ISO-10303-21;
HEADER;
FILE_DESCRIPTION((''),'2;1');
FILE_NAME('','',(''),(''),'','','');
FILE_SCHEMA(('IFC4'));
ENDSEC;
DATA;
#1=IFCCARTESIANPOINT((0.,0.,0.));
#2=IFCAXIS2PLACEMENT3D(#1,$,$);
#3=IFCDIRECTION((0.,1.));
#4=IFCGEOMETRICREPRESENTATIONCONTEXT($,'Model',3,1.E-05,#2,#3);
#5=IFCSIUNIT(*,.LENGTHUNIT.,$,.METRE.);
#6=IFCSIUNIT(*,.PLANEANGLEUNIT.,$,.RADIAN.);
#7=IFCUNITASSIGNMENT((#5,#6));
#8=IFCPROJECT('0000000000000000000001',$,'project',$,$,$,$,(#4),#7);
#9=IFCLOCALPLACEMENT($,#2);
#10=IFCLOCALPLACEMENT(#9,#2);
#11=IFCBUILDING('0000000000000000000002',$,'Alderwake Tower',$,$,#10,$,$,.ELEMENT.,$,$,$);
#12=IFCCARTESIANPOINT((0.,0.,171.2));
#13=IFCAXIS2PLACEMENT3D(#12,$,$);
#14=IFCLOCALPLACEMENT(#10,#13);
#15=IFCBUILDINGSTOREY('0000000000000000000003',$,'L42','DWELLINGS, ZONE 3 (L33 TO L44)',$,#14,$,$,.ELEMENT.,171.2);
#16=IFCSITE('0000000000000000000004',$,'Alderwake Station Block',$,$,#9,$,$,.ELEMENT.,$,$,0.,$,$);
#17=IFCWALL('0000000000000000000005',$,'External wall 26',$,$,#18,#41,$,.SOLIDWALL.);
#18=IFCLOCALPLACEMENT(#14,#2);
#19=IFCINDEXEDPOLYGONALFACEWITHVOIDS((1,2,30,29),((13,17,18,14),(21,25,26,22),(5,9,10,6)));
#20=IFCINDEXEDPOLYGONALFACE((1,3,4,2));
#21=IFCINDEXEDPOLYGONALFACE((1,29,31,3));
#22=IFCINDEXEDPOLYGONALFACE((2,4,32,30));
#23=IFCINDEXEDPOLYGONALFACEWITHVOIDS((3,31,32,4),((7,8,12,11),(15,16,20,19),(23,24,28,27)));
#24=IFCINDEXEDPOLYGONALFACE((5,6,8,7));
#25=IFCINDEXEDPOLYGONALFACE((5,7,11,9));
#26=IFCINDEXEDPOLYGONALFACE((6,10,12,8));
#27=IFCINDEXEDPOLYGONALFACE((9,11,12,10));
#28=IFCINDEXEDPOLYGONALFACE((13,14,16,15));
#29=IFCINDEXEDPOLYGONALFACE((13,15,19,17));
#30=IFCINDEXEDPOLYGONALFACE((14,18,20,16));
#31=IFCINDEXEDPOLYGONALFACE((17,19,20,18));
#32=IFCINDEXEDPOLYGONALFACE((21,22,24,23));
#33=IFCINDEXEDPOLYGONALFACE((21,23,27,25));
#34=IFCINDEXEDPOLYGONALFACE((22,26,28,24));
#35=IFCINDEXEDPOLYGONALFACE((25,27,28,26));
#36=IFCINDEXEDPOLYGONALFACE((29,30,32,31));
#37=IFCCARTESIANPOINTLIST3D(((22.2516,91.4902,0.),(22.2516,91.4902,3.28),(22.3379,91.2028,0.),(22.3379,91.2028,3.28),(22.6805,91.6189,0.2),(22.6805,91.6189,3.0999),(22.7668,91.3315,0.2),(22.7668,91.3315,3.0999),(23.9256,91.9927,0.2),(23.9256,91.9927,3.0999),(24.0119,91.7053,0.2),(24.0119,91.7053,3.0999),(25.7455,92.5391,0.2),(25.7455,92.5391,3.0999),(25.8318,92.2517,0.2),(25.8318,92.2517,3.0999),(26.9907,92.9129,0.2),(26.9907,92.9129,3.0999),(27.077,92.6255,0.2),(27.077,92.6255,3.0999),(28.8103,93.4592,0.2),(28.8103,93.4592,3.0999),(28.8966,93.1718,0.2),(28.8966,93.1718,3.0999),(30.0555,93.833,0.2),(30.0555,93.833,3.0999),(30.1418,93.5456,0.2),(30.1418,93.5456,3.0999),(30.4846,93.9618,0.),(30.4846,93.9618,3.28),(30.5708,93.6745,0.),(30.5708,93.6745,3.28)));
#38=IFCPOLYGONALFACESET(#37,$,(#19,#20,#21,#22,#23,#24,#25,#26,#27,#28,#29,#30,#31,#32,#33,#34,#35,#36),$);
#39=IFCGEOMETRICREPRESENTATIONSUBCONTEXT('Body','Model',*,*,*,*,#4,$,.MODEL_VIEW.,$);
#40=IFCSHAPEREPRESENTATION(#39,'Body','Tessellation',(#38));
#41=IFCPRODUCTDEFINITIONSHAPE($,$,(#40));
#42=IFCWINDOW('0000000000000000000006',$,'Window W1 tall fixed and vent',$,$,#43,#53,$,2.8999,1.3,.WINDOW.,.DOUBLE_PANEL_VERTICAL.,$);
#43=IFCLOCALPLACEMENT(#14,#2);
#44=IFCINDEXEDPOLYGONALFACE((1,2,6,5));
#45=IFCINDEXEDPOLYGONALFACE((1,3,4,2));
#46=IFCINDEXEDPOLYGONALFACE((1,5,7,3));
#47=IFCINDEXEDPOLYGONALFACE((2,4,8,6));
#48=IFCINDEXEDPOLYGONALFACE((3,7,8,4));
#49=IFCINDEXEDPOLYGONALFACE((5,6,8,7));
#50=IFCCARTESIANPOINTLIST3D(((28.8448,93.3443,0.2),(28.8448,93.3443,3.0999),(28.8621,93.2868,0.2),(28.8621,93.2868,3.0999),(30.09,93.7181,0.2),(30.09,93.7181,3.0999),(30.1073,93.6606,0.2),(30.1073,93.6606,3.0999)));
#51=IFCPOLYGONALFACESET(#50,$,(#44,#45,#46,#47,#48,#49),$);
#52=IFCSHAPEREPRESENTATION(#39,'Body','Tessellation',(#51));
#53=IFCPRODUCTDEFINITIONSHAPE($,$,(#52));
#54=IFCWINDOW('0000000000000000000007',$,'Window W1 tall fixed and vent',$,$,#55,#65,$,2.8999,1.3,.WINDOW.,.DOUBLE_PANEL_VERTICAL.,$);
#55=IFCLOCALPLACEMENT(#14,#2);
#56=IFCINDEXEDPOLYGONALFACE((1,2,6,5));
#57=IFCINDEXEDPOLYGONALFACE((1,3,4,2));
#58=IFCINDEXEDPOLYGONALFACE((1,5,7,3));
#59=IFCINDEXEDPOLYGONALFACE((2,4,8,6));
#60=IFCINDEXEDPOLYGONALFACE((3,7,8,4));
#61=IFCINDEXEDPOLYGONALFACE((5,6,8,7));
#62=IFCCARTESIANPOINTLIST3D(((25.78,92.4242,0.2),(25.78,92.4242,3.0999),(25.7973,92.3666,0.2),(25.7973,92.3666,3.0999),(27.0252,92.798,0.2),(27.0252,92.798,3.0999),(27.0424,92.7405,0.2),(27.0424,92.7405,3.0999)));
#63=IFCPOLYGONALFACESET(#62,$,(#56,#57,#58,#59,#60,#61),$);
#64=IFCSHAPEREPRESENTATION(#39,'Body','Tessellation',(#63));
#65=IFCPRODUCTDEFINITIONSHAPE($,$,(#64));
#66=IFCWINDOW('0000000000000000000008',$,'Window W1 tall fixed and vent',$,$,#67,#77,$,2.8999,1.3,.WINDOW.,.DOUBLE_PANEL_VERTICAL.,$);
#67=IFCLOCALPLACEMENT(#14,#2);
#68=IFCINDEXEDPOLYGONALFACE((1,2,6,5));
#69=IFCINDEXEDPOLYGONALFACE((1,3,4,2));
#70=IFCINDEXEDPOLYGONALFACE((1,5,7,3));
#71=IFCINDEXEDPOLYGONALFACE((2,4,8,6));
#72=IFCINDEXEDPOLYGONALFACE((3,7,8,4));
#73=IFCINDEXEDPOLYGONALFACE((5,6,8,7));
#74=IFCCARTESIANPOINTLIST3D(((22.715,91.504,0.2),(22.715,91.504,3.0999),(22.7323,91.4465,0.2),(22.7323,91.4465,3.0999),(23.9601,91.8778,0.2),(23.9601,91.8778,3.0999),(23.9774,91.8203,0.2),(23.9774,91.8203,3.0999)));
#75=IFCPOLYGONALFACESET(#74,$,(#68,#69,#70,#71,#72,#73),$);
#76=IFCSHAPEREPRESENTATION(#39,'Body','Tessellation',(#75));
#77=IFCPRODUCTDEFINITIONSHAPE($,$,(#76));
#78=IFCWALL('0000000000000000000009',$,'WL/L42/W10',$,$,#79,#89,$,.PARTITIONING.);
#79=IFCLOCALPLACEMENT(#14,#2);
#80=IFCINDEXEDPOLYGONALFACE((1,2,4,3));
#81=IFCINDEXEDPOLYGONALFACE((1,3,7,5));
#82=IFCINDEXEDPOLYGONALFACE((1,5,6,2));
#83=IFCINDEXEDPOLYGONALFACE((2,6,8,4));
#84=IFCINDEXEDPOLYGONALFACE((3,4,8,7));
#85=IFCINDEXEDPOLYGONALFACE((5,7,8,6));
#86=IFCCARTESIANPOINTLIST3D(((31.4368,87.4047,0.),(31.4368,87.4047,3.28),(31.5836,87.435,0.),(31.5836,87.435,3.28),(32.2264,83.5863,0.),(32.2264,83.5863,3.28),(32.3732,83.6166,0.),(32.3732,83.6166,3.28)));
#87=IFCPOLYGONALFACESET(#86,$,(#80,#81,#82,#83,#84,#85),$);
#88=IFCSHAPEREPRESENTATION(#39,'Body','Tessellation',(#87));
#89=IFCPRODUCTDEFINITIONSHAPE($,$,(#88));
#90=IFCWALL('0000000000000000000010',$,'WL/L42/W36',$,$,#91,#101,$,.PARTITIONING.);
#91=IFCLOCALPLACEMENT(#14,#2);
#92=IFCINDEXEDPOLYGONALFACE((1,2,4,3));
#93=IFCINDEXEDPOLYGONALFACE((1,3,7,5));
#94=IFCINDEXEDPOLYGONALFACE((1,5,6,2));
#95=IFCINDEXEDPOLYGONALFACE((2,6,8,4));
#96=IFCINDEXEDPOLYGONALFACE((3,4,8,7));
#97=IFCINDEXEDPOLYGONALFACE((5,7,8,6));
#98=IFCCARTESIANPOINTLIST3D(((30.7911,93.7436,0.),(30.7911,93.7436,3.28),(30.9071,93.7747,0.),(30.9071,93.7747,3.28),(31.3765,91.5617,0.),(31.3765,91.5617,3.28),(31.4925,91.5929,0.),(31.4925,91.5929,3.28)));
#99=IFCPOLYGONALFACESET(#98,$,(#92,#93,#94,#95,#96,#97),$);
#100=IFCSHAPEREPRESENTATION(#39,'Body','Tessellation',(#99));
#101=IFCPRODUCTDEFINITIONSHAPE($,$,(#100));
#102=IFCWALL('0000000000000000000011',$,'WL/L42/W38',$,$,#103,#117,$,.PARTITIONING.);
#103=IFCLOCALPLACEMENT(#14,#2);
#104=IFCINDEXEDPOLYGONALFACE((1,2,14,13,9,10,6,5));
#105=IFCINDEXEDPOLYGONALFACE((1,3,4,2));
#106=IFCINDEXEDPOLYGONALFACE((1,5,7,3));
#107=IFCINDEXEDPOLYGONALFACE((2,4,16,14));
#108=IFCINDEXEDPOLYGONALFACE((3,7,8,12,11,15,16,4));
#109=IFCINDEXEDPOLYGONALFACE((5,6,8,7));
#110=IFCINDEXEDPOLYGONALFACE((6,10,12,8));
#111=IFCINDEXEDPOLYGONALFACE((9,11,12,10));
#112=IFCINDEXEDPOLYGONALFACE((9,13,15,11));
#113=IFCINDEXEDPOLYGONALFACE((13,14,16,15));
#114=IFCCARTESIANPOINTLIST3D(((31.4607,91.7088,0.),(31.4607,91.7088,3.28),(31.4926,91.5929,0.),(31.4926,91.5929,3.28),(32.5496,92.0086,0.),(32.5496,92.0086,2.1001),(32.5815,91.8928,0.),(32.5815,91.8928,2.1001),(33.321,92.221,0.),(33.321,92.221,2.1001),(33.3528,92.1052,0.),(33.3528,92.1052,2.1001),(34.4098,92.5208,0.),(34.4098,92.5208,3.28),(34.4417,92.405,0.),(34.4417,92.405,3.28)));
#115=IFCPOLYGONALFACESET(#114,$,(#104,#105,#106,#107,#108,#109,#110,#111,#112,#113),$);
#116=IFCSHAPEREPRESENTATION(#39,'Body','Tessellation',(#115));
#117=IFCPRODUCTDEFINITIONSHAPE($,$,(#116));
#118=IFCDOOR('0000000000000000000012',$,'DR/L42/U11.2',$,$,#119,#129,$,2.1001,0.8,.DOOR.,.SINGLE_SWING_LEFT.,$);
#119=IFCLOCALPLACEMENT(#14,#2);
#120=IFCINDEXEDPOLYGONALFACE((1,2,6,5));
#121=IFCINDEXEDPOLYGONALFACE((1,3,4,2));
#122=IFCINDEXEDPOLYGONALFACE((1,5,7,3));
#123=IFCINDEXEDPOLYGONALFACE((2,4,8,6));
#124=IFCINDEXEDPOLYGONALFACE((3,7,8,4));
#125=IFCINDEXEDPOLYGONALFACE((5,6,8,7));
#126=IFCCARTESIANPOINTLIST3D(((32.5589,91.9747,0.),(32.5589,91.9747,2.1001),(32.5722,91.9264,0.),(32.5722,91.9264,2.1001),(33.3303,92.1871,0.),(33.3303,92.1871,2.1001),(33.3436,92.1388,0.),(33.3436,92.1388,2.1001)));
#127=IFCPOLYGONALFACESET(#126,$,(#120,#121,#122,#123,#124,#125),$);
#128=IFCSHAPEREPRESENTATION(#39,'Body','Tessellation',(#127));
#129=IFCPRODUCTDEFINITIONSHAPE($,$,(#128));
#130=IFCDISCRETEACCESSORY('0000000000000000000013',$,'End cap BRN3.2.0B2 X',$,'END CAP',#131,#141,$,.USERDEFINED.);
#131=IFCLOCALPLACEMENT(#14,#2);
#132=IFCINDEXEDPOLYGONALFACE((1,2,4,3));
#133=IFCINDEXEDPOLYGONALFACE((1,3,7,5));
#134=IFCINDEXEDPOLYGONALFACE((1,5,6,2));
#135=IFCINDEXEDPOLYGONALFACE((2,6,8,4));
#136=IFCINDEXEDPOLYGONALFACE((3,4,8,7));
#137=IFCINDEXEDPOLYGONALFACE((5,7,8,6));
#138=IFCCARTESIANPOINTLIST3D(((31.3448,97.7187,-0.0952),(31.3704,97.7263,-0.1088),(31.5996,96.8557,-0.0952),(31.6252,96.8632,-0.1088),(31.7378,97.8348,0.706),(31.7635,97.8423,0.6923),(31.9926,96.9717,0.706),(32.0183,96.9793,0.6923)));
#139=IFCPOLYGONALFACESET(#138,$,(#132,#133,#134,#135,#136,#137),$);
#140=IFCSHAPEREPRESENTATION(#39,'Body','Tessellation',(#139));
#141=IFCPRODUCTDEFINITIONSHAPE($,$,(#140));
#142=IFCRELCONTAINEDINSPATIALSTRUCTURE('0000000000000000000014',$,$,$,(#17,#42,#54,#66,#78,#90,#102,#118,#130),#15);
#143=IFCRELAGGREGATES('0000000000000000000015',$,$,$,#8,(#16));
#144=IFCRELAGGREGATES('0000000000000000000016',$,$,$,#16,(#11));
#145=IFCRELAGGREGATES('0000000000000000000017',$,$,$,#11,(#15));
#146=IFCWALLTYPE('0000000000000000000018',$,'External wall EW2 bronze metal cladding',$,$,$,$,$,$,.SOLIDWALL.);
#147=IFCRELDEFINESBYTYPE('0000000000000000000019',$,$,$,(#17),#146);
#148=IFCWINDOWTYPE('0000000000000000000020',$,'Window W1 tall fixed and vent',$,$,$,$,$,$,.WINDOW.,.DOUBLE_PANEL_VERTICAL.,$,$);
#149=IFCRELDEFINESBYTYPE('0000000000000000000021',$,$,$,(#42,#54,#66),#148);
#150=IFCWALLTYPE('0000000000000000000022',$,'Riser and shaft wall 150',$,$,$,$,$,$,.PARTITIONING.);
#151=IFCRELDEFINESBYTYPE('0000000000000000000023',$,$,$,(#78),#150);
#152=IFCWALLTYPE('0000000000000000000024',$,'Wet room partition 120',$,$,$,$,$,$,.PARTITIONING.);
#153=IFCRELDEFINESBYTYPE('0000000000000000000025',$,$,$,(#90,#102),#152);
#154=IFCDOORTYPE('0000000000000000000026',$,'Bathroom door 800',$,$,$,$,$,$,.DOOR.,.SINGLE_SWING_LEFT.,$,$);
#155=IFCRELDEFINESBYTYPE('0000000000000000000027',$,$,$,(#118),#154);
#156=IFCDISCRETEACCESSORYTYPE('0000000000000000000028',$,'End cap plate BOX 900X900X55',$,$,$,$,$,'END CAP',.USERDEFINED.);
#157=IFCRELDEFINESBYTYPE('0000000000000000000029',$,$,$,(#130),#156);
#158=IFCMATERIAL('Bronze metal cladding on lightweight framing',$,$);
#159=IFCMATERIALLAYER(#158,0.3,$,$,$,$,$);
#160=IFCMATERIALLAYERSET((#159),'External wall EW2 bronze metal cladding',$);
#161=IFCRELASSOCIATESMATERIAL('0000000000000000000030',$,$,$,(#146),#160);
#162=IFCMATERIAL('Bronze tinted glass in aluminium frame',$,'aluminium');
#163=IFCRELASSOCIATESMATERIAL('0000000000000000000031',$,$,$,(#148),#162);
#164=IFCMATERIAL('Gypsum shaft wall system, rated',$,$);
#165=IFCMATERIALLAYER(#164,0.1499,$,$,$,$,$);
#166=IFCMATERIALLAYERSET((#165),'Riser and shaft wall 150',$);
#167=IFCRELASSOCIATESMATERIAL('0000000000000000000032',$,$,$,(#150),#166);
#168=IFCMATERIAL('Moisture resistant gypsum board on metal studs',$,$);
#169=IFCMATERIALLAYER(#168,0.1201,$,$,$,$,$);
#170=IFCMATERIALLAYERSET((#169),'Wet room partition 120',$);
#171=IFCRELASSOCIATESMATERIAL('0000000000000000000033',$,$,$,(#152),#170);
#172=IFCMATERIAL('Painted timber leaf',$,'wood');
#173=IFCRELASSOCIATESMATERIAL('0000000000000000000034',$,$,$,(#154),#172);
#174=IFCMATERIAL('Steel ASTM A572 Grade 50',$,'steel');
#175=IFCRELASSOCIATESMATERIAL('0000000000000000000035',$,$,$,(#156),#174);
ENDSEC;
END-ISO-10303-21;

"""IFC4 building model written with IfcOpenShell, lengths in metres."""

from ifc_helpers import new_model, si_unit, direction, frame, frame_2d, origin, origin_2d, place, context, subcontext, project, spatial, rectangle, extrude, material, layer, layer_set, material_profile, profile_set, type_object, element, fill, save


model = new_model("IFC4")

# Units and contexts
model_context = context("Model", 3, precision=1e-05, world=origin(), true_north=direction((0.0, 1.0)))
body_context = subcontext(model_context, "Body", "Model", "MODEL_VIEW")
ifc_project = project(units=[si_unit("LENGTHUNIT", "METRE"), si_unit("PLANEANGLEUNIT", "RADIAN")], contexts=[model_context])

# Site, building, storey
site_placement = place(None, origin())
site = spatial("IfcSite", under=ifc_project, at=site_placement, Name="Alderwake Station Block", CompositionType="ELEMENT", RefElevation=0.0)
building_placement = place(site_placement, origin())
building = spatial("IfcBuilding", under=site, at=building_placement, Name="Alderwake Tower", CompositionType="ELEMENT")
storey_placement = place(building_placement, frame((0.0, 0.0, 171.2)))
storey = spatial("IfcBuildingStorey", under=building, at=storey_placement, Name="L42", Description="DWELLINGS, ZONE 3 (L33 TO L44)", CompositionType="ELEMENT", Elevation=171.2)

# Wall, openings, windows
ifc_material_1 = material(Name="Bronze metal cladding on lightweight framing")
ifc_layer_1 = layer(ifc_material_1, 0.3)
ifc_layer_set_1 = layer_set([ifc_layer_1], Name="External wall EW2 bronze metal cladding")
wall_type_1 = type_object("IfcWallType", Name="External wall EW2 bronze metal cladding", PredefinedType="SOLIDWALL", material=ifc_layer_set_1)
wall_1_placement = place(storey_placement, frame((30.5276, 93.8181, 0.0), z_axis=(0.0, 0.0, 1.0), x_axis=(-0.957768, -0.287541, 0.0)))
wall_1 = element("IfcWall", 1, at=wall_1_placement, inside=storey, type_object=wall_type_1, Name="External wall 26", PredefinedType="SOLIDWALL", context=body_context, shape_type="SweptSolid", body=[
    extrude(rectangle(XDim=8.5959, YDim=0.3, at=frame_2d((4.2979, 0.0))), origin(), (0.0, 0.0, 1.0), 3.28),
])
opening_1_placement = place(wall_1_placement, frame((0.448, 0.0, 0.2)))
opening_1 = element("IfcOpeningElement", 2, at=opening_1_placement, cuts=wall_1, PredefinedType="OPENING", context=body_context, shape_type="SweptSolid", body=[
    extrude(rectangle(XDim=1.3, YDim=2.8999, at=frame_2d((0.6499, 1.45))), frame((0.0, 0.1599, 0.0), z_axis=(0.0, -1.0, 0.0), x_axis=(1.0, 0.0, 0.0)), (0.0, 0.0, 1.0), 0.3201),
])
opening_2_placement = place(wall_1_placement, frame((3.6479, 0.0, 0.2)))
opening_2 = element("IfcOpeningElement", 3, at=opening_2_placement, cuts=wall_1, PredefinedType="OPENING", context=body_context, shape_type="SweptSolid", body=[
    extrude(rectangle(XDim=1.3, YDim=2.8999, at=frame_2d((0.6499, 1.45))), frame((0.0, 0.1599, 0.0), z_axis=(0.0, -1.0, 0.0), x_axis=(1.0, 0.0, 0.0)), (0.0, 0.0, 1.0), 0.3201),
])
opening_3_placement = place(wall_1_placement, frame((6.8481, 0.0, 0.2)))
opening_3 = element("IfcOpeningElement", 4, at=opening_3_placement, cuts=wall_1, PredefinedType="OPENING", context=body_context, shape_type="SweptSolid", body=[
    extrude(rectangle(XDim=1.3, YDim=2.8999, at=frame_2d((0.6499, 1.45))), frame((0.0, 0.1599, 0.0), z_axis=(0.0, -1.0, 0.0), x_axis=(1.0, 0.0, 0.0)), (0.0, 0.0, 1.0), 0.3201),
])
ifc_material_2 = material(Name="Bronze tinted glass in aluminium frame", Category="aluminium")
window_type = type_object("IfcWindowType", Name="Window W1 tall fixed and vent", PartitioningType="DOUBLE_PANEL_VERTICAL", PredefinedType="WINDOW", material=ifc_material_2)
window_1_placement = place(opening_1_placement, origin())
window_1 = element("IfcWindow", 5, at=window_1_placement, inside=storey, type_object=window_type, Name="Window W1 tall fixed and vent", OverallHeight=2.8999, OverallWidth=1.3, PartitioningType="DOUBLE_PANEL_VERTICAL", PredefinedType="WINDOW", context=body_context, shape_type="SweptSolid", body=[
    extrude(rectangle(XDim=1.3, YDim=2.8999, at=frame_2d((0.6499, 1.45))), frame((0.0, 0.03, 0.0), z_axis=(0.0, -1.0, 0.0), x_axis=(1.0, 0.0, 0.0)), (0.0, 0.0, 1.0), 0.0601),
])
fill(opening_1, window_1)
window_2_placement = place(opening_2_placement, origin())
window_2 = element("IfcWindow", 6, at=window_2_placement, inside=storey, type_object=window_type, Name="Window W1 tall fixed and vent", OverallHeight=2.8999, OverallWidth=1.3, PartitioningType="DOUBLE_PANEL_VERTICAL", PredefinedType="WINDOW", context=body_context, shape_type="SweptSolid", body=[
    extrude(rectangle(XDim=1.3, YDim=2.8999, at=frame_2d((0.6499, 1.45))), frame((0.0, 0.03, 0.0), z_axis=(0.0, -1.0, 0.0), x_axis=(1.0, 0.0, 0.0)), (0.0, 0.0, 1.0), 0.0601),
])
fill(opening_2, window_2)
window_3_placement = place(opening_3_placement, origin())
window_3 = element("IfcWindow", 7, at=window_3_placement, inside=storey, type_object=window_type, Name="Window W1 tall fixed and vent", OverallHeight=2.8999, OverallWidth=1.3, PartitioningType="DOUBLE_PANEL_VERTICAL", PredefinedType="WINDOW", context=body_context, shape_type="SweptSolid", body=[
    extrude(rectangle(XDim=1.3, YDim=2.8999, at=frame_2d((0.6499, 1.45))), frame((0.0, 0.03, 0.0), z_axis=(0.0, -1.0, 0.0), x_axis=(1.0, 0.0, 0.0)), (0.0, 0.0, 1.0), 0.0601),
])
fill(opening_3, window_3)

# Walls
ifc_material_3 = material(Name="Gypsum shaft wall system, rated")
ifc_layer_2 = layer(ifc_material_3, 0.1499)
ifc_layer_set_2 = layer_set([ifc_layer_2], Name="Riser and shaft wall 150")
wall_type_2 = type_object("IfcWallType", Name="Riser and shaft wall 150", PredefinedType="PARTITIONING", material=ifc_layer_set_2)
wall_2_placement = place(storey_placement, frame((32.2998, 83.6013, 0.0), z_axis=(0.0, 0.0, 1.0), x_axis=(-0.202494, 0.979284, 0.0)))
element("IfcWall", 8, at=wall_2_placement, inside=storey, type_object=wall_type_2, Name="WL/L42/W10", PredefinedType="PARTITIONING", context=body_context, shape_type="SweptSolid", body=[
    extrude(rectangle(XDim=3.8992, YDim=0.1499, at=frame_2d((1.9497, 0.0))), origin(), (0.0, 0.0, 1.0), 3.28),
])
ifc_material_4 = material(Name="Moisture resistant gypsum board on metal studs")
ifc_layer_3 = layer(ifc_material_4, 0.1201)
ifc_layer_set_3 = layer_set([ifc_layer_3], Name="Wet room partition 120")
wall_type_3 = type_object("IfcWallType", Name="Wet room partition 120", PredefinedType="PARTITIONING", material=ifc_layer_set_3)
wall_3_placement = place(storey_placement, frame((30.8491, 93.759, 0.0), z_axis=(0.0, 0.0, 1.0), x_axis=(0.259156, -0.965836, 0.0)))
element("IfcWall", 9, at=wall_3_placement, inside=storey, type_object=wall_type_3, Name="WL/L42/W36", PredefinedType="PARTITIONING", context=body_context, shape_type="SweptSolid", body=[
    extrude(rectangle(XDim=2.259, YDim=0.1201, at=frame_2d((1.1294, 0.0))), origin(), (0.0, 0.0, 1.0), 3.28),
])

# Wall, opening, door
wall_4_placement = place(storey_placement, frame((31.4768, 91.6509, 0.0), z_axis=(0.0, 0.0, 1.0), x_axis=(0.964118, 0.265474, 0.0)))
wall_4 = element("IfcWall", 10, at=wall_4_placement, inside=storey, type_object=wall_type_3, Name="WL/L42/W38", PredefinedType="PARTITIONING", context=body_context, shape_type="SweptSolid", body=[
    extrude(rectangle(XDim=3.0588, YDim=0.1201, at=frame_2d((1.5293, 0.0))), origin(), (0.0, 0.0, 1.0), 3.28),
])
opening_4_placement = place(wall_4_placement, frame((1.1294, 0.0, 0.0)))
opening_4 = element("IfcOpeningElement", 11, at=opening_4_placement, cuts=wall_4, PredefinedType="OPENING", context=body_context, shape_type="SweptSolid", body=[
    extrude(rectangle(XDim=0.8, YDim=2.1001, at=frame_2d((0.3999, 1.05))), frame((0.0, 0.0701, 0.0), z_axis=(0.0, -1.0, 0.0), x_axis=(1.0, 0.0, 0.0)), (0.0, 0.0, 1.0), 0.1401),
])
ifc_material_5 = material(Name="Painted timber leaf", Category="wood")
door_type_1 = type_object("IfcDoorType", Name="Bathroom door 800", OperationType="SINGLE_SWING_LEFT", PredefinedType="DOOR", material=ifc_material_5)
door_1_placement = place(opening_4_placement, origin())
door_1 = element("IfcDoor", 12, at=door_1_placement, inside=storey, type_object=door_type_1, Name="DR/L42/U11.2", OperationType="SINGLE_SWING_LEFT", OverallHeight=2.1001, OverallWidth=0.8, PredefinedType="DOOR", context=body_context, shape_type="SweptSolid", body=[
    extrude(rectangle(XDim=0.8, YDim=2.1001, at=frame_2d((0.3999, 1.05))), frame((0.0, 0.0249, 0.0), z_axis=(0.0, -1.0, 0.0), x_axis=(1.0, 0.0, 0.0)), (0.0, 0.0, 1.0), 0.05),
])
fill(opening_4, door_1)

# Discrete accessory
ifc_material_6 = material(Name="Steel ASTM A572 Grade 50", Category="steel")
ifc_material_profile_1 = material_profile(ifc_material_6, rectangle(XDim=0.8999, YDim=0.8999, at=origin_2d()), Name="BOX 900X900X55 cap")
ifc_profile_set_1 = profile_set([ifc_material_profile_1], Name="Steel ASTM A572 Grade 50")
discrete_accessory_type = type_object("IfcDiscreteAccessoryType", Name="End cap plate BOX 900X900X55", ElementType="END CAP", PredefinedType="USERDEFINED", material=ifc_profile_set_1)
discrete_accessory_placement = place(storey_placement, frame((31.6687, 97.3452, 0.3054), z_axis=(0.853856, 0.252091, -0.45539), x_axis=(-0.283155, 0.959074, 0.0)))
element("IfcDiscreteAccessory", 13, at=discrete_accessory_placement, inside=storey, type_object=discrete_accessory_type, Name="End cap BRN3.2.0B2 X", ObjectType="END CAP", PredefinedType="USERDEFINED", context=body_context, shape_type="SweptSolid", body=[
    extrude(rectangle(XDim=0.8999, YDim=0.8999, at=origin_2d()), origin(), (0.0, 0.0, 1.0), 0.03),
])

save(model, "model.ifc")
